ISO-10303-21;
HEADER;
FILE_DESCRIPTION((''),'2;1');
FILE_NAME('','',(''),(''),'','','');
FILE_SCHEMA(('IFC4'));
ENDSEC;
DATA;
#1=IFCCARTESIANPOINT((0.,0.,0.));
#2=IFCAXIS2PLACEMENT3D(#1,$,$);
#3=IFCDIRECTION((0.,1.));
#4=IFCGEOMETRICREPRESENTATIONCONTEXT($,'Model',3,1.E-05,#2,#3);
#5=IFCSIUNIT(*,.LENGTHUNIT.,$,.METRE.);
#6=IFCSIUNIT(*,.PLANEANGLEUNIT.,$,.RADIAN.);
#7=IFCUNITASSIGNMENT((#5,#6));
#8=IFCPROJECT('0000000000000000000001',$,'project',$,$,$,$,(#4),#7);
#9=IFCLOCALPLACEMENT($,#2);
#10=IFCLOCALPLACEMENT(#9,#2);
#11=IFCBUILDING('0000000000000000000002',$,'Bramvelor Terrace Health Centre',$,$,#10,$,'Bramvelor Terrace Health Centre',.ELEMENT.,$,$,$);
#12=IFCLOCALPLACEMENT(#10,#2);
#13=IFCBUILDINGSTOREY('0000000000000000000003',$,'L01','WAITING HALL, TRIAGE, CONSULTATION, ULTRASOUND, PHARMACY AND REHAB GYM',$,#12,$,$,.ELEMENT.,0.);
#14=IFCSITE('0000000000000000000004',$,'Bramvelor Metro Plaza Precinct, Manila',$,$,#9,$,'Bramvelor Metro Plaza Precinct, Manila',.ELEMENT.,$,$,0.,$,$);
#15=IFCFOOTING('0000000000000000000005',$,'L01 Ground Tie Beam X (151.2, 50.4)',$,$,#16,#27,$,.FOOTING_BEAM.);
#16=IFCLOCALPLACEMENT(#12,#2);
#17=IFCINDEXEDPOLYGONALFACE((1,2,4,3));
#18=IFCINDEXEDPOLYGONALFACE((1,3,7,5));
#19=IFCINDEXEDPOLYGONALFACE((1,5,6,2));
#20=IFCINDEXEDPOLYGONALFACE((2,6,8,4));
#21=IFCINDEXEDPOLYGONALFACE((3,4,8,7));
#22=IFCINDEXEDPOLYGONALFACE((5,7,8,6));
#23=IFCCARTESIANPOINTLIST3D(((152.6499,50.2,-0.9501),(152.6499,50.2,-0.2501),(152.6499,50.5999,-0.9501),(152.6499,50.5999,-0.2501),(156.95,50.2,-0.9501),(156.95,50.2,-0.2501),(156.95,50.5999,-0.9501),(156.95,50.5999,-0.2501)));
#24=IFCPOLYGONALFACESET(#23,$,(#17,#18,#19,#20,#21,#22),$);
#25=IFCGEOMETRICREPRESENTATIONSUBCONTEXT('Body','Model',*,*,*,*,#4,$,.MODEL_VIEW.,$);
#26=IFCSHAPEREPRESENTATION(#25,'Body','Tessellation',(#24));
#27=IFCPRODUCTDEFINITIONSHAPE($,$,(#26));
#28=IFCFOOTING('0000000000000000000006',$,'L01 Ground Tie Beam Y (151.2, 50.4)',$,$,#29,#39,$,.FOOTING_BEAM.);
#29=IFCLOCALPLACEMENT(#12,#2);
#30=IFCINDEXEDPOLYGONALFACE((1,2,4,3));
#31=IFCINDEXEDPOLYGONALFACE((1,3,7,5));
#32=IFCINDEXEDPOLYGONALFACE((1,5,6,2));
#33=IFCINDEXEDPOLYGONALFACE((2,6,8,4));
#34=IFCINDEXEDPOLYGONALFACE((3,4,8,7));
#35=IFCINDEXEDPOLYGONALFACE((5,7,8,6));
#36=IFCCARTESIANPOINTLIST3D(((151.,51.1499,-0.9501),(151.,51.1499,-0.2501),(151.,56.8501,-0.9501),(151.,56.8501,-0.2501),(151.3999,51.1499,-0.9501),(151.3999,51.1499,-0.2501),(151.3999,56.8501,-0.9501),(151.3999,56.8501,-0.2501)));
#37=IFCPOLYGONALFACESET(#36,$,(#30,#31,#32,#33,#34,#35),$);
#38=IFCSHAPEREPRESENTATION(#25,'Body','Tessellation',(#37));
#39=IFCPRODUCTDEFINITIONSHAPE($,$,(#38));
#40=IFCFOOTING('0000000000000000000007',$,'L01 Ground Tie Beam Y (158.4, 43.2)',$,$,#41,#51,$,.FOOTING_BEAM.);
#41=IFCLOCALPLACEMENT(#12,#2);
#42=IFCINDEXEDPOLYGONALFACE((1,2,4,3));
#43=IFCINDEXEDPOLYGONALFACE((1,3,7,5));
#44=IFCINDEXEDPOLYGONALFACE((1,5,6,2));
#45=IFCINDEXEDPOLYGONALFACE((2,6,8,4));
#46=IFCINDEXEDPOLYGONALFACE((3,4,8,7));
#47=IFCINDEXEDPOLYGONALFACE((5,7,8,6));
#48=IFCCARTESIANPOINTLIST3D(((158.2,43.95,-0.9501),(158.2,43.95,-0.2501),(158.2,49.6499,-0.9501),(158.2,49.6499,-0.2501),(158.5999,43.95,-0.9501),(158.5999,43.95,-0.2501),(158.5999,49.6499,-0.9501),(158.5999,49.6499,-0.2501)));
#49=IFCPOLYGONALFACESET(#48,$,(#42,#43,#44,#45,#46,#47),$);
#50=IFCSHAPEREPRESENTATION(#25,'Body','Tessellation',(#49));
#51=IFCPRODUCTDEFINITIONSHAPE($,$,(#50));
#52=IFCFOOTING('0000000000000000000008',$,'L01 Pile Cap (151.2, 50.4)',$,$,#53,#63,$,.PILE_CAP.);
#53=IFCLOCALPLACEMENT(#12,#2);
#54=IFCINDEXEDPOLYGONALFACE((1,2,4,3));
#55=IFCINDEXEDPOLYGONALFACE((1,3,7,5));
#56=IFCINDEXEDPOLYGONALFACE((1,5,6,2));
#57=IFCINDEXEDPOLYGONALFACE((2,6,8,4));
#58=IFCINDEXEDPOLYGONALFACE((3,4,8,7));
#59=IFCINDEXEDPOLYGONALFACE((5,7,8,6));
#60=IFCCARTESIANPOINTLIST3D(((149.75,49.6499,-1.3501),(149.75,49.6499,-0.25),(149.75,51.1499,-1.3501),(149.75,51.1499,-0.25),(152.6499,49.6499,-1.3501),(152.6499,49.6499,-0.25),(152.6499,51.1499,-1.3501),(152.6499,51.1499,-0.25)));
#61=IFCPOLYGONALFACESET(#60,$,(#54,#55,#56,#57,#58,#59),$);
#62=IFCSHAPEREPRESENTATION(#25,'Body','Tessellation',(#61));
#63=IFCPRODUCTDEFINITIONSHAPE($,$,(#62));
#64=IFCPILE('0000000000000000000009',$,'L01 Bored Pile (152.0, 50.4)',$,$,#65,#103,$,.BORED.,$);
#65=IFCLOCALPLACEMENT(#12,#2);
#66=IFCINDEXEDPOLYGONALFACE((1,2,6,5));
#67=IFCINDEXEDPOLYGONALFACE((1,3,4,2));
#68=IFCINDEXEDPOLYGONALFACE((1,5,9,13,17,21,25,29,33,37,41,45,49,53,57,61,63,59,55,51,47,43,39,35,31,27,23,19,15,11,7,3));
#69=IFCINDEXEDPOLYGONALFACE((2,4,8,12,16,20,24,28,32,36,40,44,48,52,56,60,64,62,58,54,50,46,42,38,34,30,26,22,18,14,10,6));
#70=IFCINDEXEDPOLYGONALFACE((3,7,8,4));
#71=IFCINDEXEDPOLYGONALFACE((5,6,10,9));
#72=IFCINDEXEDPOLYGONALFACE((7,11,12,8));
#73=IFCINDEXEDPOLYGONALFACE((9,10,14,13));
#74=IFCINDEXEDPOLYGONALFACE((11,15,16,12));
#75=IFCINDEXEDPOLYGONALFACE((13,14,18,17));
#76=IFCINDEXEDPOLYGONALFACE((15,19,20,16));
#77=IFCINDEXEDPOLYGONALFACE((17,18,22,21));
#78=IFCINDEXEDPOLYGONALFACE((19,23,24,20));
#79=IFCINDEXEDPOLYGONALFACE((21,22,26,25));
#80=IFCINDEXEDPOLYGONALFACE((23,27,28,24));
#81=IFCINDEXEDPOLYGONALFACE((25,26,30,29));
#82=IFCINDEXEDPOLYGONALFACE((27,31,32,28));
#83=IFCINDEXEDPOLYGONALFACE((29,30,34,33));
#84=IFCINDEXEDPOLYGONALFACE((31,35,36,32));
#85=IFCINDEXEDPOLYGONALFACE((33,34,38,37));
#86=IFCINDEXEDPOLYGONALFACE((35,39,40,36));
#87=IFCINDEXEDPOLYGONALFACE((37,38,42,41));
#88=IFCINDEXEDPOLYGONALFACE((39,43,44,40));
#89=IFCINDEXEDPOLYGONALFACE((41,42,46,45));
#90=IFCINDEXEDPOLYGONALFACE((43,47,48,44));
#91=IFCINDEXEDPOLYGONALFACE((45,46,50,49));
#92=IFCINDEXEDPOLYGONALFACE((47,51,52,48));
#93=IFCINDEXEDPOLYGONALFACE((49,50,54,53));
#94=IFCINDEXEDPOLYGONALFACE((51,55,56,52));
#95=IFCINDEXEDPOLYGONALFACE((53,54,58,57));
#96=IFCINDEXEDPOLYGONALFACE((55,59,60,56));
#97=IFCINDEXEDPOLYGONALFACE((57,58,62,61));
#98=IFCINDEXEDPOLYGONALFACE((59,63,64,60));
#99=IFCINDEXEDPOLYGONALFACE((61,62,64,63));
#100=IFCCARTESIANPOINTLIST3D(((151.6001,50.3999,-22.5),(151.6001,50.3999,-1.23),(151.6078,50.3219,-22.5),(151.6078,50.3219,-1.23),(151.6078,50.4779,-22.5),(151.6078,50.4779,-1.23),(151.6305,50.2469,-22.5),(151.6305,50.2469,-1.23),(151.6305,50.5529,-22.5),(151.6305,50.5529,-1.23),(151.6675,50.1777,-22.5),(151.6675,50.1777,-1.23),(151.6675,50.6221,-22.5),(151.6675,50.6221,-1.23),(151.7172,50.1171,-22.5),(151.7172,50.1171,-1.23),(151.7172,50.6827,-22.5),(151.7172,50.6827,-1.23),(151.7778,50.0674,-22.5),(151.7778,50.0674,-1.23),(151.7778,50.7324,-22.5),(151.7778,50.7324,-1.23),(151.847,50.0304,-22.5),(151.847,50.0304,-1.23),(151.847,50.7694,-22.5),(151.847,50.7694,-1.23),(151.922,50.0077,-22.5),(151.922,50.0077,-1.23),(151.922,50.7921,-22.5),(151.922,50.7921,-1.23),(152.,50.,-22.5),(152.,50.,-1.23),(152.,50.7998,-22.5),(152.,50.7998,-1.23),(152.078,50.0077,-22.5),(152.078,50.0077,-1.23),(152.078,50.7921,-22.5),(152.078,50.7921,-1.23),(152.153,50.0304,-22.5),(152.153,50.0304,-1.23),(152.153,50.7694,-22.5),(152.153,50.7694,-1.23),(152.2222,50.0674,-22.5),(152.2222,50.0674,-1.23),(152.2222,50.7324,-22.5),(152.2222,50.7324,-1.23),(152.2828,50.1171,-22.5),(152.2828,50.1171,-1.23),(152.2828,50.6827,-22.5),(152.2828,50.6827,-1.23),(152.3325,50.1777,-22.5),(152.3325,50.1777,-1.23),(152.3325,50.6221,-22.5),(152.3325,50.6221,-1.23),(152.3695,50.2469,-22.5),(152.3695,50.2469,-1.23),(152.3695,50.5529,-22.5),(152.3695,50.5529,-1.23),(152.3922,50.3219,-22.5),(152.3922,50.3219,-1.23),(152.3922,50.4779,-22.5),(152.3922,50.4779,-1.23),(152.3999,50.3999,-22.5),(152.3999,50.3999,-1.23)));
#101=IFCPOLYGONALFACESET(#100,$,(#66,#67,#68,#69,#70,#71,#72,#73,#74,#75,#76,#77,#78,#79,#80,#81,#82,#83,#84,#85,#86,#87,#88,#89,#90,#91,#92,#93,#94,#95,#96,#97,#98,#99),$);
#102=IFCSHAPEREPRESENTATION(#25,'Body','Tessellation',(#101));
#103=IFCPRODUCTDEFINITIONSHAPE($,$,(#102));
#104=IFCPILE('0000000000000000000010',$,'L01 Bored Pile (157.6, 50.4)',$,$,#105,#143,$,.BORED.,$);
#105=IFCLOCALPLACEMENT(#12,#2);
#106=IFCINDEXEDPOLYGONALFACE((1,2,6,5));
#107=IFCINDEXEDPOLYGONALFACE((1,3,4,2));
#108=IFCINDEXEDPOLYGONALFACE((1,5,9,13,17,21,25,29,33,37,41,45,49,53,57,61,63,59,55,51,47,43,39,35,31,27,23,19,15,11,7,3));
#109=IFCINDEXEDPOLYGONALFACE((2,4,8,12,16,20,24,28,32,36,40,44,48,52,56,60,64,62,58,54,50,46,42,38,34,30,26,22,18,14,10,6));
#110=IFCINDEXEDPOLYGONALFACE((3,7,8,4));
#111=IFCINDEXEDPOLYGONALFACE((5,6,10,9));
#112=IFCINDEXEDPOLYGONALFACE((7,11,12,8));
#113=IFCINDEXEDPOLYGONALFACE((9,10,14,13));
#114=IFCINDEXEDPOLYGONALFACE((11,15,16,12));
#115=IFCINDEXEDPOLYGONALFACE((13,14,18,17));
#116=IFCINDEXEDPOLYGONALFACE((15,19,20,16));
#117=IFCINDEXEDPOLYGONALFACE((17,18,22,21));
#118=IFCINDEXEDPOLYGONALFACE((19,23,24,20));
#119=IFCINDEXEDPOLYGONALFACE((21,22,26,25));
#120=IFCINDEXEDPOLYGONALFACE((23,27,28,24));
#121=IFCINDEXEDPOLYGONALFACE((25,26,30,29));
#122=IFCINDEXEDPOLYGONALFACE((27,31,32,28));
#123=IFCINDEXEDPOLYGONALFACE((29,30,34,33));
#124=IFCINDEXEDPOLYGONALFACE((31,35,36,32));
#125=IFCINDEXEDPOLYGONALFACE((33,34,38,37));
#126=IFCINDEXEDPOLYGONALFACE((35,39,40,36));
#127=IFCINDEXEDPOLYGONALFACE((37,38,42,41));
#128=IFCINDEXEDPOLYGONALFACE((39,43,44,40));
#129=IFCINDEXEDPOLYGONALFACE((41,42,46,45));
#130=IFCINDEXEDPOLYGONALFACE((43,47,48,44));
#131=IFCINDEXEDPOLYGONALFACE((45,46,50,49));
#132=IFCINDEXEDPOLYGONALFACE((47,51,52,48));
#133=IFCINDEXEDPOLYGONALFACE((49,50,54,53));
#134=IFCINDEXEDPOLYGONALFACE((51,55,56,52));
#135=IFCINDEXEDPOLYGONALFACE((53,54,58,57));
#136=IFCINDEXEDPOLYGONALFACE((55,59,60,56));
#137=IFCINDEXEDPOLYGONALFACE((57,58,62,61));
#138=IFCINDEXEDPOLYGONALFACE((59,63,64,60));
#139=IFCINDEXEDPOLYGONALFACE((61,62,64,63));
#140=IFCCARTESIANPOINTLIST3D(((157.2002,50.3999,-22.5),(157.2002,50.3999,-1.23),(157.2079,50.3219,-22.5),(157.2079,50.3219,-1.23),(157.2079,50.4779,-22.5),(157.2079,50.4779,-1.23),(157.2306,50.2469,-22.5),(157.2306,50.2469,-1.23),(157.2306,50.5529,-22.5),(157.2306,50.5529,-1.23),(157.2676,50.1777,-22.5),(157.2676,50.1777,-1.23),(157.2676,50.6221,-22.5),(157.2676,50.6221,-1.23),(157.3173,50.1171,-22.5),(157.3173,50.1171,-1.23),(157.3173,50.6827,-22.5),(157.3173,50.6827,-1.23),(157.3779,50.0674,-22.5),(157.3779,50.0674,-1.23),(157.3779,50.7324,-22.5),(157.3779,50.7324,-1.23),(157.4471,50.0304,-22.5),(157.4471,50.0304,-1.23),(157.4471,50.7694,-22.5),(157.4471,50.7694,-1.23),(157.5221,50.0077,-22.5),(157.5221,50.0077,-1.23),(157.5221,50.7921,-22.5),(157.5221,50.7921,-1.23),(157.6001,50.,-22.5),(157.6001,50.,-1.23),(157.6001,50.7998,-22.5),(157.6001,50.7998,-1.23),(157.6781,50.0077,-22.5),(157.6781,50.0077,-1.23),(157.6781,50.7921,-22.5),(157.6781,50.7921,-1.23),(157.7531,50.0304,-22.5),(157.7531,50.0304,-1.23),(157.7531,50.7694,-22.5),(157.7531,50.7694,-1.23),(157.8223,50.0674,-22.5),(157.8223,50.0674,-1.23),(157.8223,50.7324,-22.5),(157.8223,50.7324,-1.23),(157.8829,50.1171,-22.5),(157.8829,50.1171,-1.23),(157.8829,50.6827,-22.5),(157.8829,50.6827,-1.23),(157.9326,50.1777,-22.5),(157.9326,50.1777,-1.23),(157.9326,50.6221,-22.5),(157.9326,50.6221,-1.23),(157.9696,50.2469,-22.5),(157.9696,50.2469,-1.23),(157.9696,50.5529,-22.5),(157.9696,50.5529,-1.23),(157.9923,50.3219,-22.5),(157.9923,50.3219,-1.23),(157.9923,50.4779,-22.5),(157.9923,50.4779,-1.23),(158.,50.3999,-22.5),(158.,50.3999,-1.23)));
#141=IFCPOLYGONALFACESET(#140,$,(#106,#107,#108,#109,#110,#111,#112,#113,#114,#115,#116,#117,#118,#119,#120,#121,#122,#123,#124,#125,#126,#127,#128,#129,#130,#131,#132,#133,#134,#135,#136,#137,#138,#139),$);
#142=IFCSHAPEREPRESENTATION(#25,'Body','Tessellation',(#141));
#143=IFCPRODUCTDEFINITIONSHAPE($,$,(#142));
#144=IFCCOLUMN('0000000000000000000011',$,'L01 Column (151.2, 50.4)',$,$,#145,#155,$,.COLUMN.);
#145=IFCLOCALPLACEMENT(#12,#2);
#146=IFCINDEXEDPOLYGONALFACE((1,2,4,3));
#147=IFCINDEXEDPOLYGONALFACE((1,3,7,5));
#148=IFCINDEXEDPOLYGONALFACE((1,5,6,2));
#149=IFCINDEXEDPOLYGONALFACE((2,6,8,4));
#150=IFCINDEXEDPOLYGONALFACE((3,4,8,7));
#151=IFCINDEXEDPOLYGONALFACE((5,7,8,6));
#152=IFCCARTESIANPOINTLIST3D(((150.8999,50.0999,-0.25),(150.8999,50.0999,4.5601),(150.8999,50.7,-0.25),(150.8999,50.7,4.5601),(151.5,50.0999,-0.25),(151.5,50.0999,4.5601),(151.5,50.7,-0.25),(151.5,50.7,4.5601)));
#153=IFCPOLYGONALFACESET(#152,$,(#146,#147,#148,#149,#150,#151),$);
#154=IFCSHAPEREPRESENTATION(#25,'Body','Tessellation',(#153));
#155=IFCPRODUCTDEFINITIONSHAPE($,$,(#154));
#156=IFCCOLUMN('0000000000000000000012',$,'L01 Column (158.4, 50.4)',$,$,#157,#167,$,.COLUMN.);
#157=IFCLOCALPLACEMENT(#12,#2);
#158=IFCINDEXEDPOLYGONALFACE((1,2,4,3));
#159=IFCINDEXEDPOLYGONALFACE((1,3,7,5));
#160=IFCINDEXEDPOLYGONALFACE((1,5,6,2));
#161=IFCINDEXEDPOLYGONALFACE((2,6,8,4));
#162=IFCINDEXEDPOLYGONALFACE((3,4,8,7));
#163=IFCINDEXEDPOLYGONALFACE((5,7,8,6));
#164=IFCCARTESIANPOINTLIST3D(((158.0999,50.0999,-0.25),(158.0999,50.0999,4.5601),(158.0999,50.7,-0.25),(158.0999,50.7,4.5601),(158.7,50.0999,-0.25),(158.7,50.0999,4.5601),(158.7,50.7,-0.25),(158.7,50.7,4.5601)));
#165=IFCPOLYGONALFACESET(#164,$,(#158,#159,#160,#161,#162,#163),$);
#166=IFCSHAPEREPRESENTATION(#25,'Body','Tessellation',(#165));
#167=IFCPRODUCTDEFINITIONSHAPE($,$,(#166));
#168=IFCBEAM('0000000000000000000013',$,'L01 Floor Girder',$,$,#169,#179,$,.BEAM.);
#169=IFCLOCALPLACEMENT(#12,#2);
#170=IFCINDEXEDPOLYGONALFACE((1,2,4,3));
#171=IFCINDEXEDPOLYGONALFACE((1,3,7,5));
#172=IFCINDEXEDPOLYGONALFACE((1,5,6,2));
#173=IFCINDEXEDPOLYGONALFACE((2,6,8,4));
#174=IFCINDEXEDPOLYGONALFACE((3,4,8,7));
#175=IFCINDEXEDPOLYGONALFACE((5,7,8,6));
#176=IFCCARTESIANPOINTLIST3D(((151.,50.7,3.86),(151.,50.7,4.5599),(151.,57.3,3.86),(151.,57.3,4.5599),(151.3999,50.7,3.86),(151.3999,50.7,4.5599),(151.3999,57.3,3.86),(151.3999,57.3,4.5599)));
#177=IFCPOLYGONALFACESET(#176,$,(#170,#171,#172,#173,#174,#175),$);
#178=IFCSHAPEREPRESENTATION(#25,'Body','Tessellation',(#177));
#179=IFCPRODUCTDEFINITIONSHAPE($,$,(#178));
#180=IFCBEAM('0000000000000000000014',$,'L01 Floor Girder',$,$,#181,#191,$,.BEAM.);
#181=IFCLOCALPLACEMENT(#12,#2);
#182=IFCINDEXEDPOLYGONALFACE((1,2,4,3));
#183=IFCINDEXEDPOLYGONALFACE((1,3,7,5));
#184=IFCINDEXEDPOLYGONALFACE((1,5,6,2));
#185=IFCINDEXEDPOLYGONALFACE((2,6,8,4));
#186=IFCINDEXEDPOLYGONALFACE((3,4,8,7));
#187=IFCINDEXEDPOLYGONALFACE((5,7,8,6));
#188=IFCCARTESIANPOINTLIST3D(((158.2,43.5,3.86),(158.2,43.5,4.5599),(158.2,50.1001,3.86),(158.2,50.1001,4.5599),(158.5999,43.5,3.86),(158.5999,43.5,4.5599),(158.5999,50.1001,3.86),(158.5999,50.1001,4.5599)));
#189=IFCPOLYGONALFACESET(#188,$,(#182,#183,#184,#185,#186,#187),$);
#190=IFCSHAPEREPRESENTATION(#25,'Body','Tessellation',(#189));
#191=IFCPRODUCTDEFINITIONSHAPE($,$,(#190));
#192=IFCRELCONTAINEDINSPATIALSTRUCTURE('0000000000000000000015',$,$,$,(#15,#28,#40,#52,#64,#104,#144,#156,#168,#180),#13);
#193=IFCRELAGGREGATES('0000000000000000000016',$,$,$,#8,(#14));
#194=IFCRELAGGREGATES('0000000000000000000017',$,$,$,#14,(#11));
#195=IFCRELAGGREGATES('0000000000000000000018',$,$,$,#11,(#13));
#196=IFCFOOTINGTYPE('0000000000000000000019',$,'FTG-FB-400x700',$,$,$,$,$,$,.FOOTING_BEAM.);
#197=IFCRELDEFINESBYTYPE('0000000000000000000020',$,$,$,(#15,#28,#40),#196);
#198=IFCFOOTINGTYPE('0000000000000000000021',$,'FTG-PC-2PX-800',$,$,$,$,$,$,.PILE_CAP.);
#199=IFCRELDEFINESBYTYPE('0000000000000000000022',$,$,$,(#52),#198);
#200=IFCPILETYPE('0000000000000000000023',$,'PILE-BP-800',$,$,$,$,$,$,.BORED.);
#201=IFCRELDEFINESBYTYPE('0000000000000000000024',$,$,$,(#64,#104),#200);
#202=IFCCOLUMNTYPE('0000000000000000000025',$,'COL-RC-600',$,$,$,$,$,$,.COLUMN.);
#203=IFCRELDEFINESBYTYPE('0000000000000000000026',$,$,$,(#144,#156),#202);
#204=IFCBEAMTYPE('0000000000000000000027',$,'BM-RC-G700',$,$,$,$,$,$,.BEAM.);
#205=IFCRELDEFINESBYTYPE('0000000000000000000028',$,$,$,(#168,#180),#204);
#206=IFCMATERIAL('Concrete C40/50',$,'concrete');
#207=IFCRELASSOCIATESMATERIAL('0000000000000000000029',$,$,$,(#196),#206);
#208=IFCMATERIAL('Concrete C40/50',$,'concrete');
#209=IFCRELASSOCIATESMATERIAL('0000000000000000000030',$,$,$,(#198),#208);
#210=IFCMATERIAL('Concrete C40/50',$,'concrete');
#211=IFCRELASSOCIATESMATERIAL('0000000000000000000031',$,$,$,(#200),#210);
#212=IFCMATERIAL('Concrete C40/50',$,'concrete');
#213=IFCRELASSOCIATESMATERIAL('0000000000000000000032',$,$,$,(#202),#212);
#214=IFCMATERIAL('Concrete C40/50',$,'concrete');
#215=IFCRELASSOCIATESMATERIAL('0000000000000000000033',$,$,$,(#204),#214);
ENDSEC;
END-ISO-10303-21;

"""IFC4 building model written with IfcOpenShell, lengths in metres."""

from ifc_helpers import new_model, si_unit, direction, frame, origin, origin_2d, place, context, subcontext, project, spatial, rectangle, circle, extrude, material, material_profile, profile_set, type_object, element, save


model = new_model("IFC4")

# Units and contexts
model_context = context("Model", 3, precision=1e-05, world=origin(), true_north=direction((0.0, 1.0)))
body_context = subcontext(model_context, "Body", "Model", "MODEL_VIEW")
ifc_project = project(units=[si_unit("LENGTHUNIT", "METRE"), si_unit("PLANEANGLEUNIT", "RADIAN")], contexts=[model_context])

# Site, building, storey
site_placement = place(None, origin())
site = spatial("IfcSite", under=ifc_project, at=site_placement, Name="Bramvelor Metro Plaza Precinct, Manila", LongName="Bramvelor Metro Plaza Precinct, Manila", CompositionType="ELEMENT", RefElevation=0.0)
building_placement = place(site_placement, origin())
building = spatial("IfcBuilding", under=site, at=building_placement, Name="Bramvelor Terrace Health Centre", LongName="Bramvelor Terrace Health Centre", CompositionType="ELEMENT")
storey_placement = place(building_placement, origin())
storey = spatial("IfcBuildingStorey", under=building, at=storey_placement, Name="L01", Description="WAITING HALL, TRIAGE, CONSULTATION, ULTRASOUND, PHARMACY AND REHAB GYM", CompositionType="ELEMENT", Elevation=0.0)

# Footings
ifc_material_1 = material(Name="Concrete C40/50", Category="concrete")
ifc_material_profile_1 = material_profile(ifc_material_1, rectangle(XDim=0.3999, YDim=0.7, at=origin_2d()), Name="RC 400x700")
ifc_profile_set_1 = profile_set([ifc_material_profile_1], Name="Concrete C40/50")
footing_type_1 = type_object("IfcFootingType", Name="FTG-FB-400x700", PredefinedType="FOOTING_BEAM", material=ifc_profile_set_1)
footing_1_placement = place(storey_placement, frame((152.6499, 50.3999, -0.6001), z_axis=(1.0, 0.0, 0.0), x_axis=(0.0, 1.0, 0.0)))
element("IfcFooting", 1, at=footing_1_placement, inside=storey, type_object=footing_type_1, Name="L01 Ground Tie Beam X (151.2, 50.4)", PredefinedType="FOOTING_BEAM", context=body_context, shape_type="SweptSolid", body=[
    extrude(rectangle(XDim=0.3999, YDim=0.7, at=origin_2d()), origin(), (0.0, 0.0, 1.0), 4.3),
])
footing_2_placement = place(storey_placement, frame((151.2, 51.1499, -0.6001), z_axis=(0.0, 1.0, 0.0), x_axis=(-1.0, 0.0, 0.0)))
element("IfcFooting", 2, at=footing_2_placement, inside=storey, type_object=footing_type_1, Name="L01 Ground Tie Beam Y (151.2, 50.4)", PredefinedType="FOOTING_BEAM", context=body_context, shape_type="SweptSolid", body=[
    extrude(rectangle(XDim=0.3999, YDim=0.7, at=origin_2d()), origin(), (0.0, 0.0, 1.0), 5.7002),
])
footing_3_placement = place(storey_placement, frame((158.3999, 43.95, -0.6001), z_axis=(0.0, 1.0, 0.0), x_axis=(-1.0, 0.0, 0.0)))
element("IfcFooting", 3, at=footing_3_placement, inside=storey, type_object=footing_type_1, Name="L01 Ground Tie Beam Y (158.4, 43.2)", PredefinedType="FOOTING_BEAM", context=body_context, shape_type="SweptSolid", body=[
    extrude(rectangle(XDim=0.3999, YDim=0.7, at=origin_2d()), origin(), (0.0, 0.0, 1.0), 5.7),
])
ifc_material_2 = material(Name="Concrete C40/50", Category="concrete")
footing_type_2 = type_object("IfcFootingType", Name="FTG-PC-2PX-800", PredefinedType="PILE_CAP", material=ifc_material_2)
footing_4_placement = place(storey_placement, frame((151.2, 50.3999, -1.3501), z_axis=(0.0, 0.0, 1.0), x_axis=(1.0, 0.0, 0.0)))
element("IfcFooting", 4, at=footing_4_placement, inside=storey, type_object=footing_type_2, Name="L01 Pile Cap (151.2, 50.4)", PredefinedType="PILE_CAP", context=body_context, shape_type="SweptSolid", body=[
    extrude(rectangle(XDim=2.8999, YDim=1.5, at=origin_2d()), origin(), (0.0, 0.0, 1.0), 1.1001),
])

# Piles
ifc_material_3 = material(Name="Concrete C40/50", Category="concrete")
ifc_material_profile_2 = material_profile(ifc_material_3, circle(Radius=0.3999, at=origin_2d()), Name="BP D800")
ifc_profile_set_2 = profile_set([ifc_material_profile_2], Name="Concrete C40/50")
pile_type = type_object("IfcPileType", Name="PILE-BP-800", PredefinedType="BORED", material=ifc_profile_set_2)
for number, where, z_axis, x_axis, name in (
    (5, (152.0, 50.3999, -1.23), (0.0, 0.0, -1.0), (1.0, 0.0, 0.0), "L01 Bored Pile (152.0, 50.4)"),
    (6, (157.6001, 50.3999, -1.23), (0.0, 0.0, -1.0), (1.0, 0.0, 0.0), "L01 Bored Pile (157.6, 50.4)"),
):
    element("IfcPile", number, at=place(storey_placement, frame(where, z_axis=z_axis, x_axis=x_axis)), inside=storey, type_object=pile_type, Name=name, PredefinedType="BORED", context=body_context, shape_type="SweptSolid", body=[
        extrude(circle(Radius=0.3999, at=origin_2d()), origin(), (0.0, 0.0, 1.0), 21.27),
    ])

# Columns
ifc_material_4 = material(Name="Concrete C40/50", Category="concrete")
ifc_material_profile_3 = material_profile(ifc_material_4, rectangle(XDim=0.6001, YDim=0.6001, at=origin_2d()), Name="RC 600x600")
ifc_profile_set_3 = profile_set([ifc_material_profile_3], Name="Concrete C40/50")
column_type = type_object("IfcColumnType", Name="COL-RC-600", PredefinedType="COLUMN", material=ifc_profile_set_3)
for number, where, z_axis, x_axis, name in (
    (7, (151.2, 50.3999, -0.25), (0.0, 0.0, 1.0), (1.0, 0.0, 0.0), "L01 Column (151.2, 50.4)"),
    (8, (158.3999, 50.3999, -0.25), (0.0, 0.0, 1.0), (1.0, 0.0, 0.0), "L01 Column (158.4, 50.4)"),
):
    element("IfcColumn", number, at=place(storey_placement, frame(where, z_axis=z_axis, x_axis=x_axis)), inside=storey, type_object=column_type, Name=name, PredefinedType="COLUMN", context=body_context, shape_type="SweptSolid", body=[
        extrude(rectangle(XDim=0.6001, YDim=0.6001, at=origin_2d()), origin(), (0.0, 0.0, 1.0), 4.8101),
    ])

# Beams
ifc_material_5 = material(Name="Concrete C40/50", Category="concrete")
ifc_material_profile_4 = material_profile(ifc_material_5, rectangle(XDim=0.3999, YDim=0.7, at=origin_2d()), Name="RC 400x700")
ifc_profile_set_4 = profile_set([ifc_material_profile_4], Name="Concrete C40/50")
beam_type_1 = type_object("IfcBeamType", Name="BM-RC-G700", PredefinedType="BEAM", material=ifc_profile_set_4)
for number, where, z_axis, x_axis, name in (
    (9, (151.2, 50.7, 4.21), (0.0, 1.0, 0.0), (-1.0, 0.0, 0.0), "L01 Floor Girder"),
    (10, (158.3999, 43.5, 4.21), (0.0, 1.0, 0.0), (-1.0, 0.0, 0.0), "L01 Floor Girder"),
):
    element("IfcBeam", number, at=place(storey_placement, frame(where, z_axis=z_axis, x_axis=x_axis)), inside=storey, type_object=beam_type_1, Name=name, PredefinedType="BEAM", context=body_context, shape_type="SweptSolid", body=[
        extrude(rectangle(XDim=0.3999, YDim=0.7, at=origin_2d()), origin(), (0.0, 0.0, 1.0), 6.6001),
    ])

save(model, "model.ifc")
